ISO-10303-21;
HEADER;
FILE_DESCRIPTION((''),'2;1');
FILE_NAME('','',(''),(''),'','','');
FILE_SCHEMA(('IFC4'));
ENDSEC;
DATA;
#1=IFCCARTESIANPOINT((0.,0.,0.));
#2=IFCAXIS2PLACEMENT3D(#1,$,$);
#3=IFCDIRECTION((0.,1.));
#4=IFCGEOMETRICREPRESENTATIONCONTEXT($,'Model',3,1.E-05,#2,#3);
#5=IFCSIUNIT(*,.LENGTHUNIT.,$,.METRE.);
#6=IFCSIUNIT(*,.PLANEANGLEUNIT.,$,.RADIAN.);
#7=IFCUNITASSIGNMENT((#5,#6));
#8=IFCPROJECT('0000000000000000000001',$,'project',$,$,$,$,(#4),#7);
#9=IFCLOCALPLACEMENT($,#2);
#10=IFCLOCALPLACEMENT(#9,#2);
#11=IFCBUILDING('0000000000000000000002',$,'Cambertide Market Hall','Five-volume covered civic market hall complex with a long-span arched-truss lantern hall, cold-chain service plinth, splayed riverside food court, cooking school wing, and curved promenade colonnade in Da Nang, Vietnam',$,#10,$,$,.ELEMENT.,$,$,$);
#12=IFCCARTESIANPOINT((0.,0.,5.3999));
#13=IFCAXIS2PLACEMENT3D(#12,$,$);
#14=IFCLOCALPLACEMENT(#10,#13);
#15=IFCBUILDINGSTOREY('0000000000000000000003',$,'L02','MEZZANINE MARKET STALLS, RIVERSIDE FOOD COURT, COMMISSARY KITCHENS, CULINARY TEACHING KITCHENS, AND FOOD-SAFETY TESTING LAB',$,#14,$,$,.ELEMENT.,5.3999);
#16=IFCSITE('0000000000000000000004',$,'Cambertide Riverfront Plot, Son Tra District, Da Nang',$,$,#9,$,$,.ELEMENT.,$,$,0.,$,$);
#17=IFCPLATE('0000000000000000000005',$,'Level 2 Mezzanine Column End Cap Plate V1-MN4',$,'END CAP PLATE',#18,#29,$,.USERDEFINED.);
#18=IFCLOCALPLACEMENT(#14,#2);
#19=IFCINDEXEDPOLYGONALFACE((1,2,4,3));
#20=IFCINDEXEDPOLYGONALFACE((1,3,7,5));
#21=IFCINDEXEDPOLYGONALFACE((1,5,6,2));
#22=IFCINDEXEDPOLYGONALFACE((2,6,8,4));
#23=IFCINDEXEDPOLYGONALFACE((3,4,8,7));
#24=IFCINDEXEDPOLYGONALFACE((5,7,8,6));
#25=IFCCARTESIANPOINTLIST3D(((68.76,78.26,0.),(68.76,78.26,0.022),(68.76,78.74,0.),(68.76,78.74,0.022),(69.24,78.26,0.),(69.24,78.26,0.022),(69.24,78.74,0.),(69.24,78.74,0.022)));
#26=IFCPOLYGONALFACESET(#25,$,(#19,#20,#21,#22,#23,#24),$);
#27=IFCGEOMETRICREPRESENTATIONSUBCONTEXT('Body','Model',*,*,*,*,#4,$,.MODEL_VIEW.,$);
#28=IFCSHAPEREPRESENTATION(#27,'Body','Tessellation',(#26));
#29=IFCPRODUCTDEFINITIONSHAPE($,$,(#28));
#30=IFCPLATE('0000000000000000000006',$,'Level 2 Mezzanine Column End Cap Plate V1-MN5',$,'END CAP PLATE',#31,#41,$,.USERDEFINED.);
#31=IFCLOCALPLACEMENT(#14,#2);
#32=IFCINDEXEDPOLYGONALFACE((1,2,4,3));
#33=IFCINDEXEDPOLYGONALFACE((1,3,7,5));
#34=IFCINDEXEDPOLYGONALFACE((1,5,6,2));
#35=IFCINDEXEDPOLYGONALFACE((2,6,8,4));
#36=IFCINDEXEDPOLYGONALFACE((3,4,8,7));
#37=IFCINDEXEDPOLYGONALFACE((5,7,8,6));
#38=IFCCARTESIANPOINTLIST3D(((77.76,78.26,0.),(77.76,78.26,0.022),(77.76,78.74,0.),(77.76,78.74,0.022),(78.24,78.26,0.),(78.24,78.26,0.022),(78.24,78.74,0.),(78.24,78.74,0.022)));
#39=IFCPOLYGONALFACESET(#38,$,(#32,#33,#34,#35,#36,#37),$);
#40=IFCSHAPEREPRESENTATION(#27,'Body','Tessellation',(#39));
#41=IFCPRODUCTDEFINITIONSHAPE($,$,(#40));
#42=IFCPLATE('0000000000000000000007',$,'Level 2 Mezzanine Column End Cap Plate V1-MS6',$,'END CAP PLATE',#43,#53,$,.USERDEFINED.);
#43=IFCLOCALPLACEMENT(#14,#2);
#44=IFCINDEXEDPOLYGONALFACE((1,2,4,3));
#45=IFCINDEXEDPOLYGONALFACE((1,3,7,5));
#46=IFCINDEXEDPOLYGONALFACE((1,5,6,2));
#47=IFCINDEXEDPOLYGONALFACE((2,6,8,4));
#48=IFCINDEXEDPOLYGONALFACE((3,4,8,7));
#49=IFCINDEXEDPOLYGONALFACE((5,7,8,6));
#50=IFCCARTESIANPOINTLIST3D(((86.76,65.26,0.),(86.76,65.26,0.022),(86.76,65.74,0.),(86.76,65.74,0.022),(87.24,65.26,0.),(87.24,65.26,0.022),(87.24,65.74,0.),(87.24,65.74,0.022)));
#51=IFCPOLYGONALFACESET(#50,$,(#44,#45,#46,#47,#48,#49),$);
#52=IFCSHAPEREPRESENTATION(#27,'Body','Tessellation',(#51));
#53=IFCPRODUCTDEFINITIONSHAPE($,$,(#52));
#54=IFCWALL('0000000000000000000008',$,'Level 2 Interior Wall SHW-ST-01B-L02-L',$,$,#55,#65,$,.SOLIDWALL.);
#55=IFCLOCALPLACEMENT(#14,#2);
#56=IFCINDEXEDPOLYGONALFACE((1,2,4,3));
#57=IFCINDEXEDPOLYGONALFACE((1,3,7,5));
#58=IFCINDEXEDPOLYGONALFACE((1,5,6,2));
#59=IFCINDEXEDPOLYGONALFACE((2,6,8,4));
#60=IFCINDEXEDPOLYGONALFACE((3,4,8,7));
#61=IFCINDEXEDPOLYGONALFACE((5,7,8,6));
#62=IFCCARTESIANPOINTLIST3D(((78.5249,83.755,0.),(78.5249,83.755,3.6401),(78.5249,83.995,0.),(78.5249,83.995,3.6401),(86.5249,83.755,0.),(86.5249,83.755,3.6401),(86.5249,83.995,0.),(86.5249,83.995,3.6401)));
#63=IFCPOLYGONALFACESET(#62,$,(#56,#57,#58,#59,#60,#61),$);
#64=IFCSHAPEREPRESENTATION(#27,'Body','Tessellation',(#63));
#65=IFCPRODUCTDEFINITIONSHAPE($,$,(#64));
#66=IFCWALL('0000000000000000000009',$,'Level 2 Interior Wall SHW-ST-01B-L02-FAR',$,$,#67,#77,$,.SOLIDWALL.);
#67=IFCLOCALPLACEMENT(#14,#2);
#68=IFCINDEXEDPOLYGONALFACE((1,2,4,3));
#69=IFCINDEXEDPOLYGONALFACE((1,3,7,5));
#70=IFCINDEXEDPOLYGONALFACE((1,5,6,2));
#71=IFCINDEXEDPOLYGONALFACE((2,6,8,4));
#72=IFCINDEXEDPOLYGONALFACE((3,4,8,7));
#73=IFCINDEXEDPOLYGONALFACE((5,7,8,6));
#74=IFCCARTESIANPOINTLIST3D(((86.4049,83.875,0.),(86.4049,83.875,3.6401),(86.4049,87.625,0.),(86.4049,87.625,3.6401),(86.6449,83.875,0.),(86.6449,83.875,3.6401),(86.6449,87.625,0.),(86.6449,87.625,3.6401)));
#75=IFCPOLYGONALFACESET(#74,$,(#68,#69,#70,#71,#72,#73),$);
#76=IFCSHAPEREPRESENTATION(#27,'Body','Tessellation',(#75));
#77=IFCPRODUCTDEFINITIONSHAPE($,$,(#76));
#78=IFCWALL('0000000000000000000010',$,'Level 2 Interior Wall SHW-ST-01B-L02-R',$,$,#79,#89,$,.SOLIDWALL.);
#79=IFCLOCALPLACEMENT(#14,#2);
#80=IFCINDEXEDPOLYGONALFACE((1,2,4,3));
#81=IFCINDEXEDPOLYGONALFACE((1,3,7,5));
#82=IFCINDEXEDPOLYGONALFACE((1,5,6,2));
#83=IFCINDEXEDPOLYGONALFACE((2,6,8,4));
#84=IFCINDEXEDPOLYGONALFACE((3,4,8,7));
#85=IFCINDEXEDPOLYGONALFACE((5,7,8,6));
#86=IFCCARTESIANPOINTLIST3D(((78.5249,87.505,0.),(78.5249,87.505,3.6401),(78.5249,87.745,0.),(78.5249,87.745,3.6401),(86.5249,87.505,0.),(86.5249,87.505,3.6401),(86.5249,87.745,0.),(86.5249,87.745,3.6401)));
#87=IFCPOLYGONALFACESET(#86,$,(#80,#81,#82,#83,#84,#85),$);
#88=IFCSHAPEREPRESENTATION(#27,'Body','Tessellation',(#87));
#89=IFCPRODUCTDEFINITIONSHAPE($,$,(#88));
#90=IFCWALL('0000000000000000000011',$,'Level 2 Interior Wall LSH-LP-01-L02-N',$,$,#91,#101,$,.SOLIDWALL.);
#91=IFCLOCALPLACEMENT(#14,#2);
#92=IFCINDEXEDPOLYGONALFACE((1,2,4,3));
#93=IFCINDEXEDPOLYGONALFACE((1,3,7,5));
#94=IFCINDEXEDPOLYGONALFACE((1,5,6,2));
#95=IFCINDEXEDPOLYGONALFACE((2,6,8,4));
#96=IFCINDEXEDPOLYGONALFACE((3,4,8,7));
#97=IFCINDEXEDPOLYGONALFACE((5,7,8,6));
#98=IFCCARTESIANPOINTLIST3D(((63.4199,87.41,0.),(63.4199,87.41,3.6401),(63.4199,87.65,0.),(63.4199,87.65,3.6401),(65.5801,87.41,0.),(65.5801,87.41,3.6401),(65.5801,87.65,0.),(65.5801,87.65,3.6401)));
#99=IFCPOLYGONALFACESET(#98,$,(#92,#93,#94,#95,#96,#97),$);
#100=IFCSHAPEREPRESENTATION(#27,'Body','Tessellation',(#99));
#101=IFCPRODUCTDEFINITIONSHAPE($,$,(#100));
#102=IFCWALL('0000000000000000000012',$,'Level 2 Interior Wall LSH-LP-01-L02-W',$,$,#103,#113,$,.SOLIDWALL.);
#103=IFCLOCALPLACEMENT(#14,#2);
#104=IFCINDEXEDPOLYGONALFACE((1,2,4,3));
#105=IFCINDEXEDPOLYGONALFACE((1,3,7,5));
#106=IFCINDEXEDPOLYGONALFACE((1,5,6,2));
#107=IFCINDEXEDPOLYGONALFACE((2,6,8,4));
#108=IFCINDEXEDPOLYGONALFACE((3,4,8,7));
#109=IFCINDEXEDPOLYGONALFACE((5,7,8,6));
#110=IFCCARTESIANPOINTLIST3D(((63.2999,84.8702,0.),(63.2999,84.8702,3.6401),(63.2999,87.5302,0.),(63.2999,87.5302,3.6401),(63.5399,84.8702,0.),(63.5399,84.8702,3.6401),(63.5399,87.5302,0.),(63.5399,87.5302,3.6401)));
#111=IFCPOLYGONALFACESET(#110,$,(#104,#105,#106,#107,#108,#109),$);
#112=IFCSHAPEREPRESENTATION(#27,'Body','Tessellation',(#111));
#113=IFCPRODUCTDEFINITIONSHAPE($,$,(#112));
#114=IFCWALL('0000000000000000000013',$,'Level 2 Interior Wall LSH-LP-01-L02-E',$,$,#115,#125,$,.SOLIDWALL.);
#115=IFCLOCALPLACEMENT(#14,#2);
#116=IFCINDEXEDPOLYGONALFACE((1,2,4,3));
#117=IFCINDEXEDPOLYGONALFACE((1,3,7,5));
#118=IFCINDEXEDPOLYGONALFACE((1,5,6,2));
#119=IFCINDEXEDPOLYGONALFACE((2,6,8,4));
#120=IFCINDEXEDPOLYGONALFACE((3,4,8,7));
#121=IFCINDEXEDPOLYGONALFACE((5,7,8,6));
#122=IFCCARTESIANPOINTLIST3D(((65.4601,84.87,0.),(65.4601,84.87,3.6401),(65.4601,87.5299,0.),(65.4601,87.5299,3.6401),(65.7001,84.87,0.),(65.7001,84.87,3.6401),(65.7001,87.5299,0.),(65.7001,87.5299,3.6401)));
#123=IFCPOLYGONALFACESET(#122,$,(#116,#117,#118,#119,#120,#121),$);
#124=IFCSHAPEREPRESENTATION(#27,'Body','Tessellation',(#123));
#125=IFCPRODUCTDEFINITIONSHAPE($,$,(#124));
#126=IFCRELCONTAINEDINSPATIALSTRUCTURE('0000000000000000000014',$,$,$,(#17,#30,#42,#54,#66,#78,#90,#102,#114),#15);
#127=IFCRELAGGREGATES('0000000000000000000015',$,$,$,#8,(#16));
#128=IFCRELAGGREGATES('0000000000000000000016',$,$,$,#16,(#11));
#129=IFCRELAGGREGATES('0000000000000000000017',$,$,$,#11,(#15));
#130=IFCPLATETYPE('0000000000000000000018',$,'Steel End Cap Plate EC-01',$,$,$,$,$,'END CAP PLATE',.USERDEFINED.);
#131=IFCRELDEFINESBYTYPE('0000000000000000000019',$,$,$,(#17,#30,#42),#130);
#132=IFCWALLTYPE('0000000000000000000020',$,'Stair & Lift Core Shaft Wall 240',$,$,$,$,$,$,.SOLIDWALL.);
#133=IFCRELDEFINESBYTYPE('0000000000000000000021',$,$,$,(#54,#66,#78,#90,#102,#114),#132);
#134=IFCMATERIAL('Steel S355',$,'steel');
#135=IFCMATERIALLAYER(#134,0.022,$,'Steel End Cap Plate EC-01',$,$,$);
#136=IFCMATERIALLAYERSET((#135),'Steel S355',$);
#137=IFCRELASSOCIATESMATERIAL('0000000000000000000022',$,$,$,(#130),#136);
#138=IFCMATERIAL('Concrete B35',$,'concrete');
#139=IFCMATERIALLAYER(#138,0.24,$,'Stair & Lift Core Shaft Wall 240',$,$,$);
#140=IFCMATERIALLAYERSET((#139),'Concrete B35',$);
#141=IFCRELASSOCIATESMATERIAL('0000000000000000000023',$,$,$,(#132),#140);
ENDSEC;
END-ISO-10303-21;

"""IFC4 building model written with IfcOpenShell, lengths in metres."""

from ifc_helpers import new_model, si_unit, direction, frame, frame_2d, origin, origin_2d, place, context, subcontext, project, spatial, rectangle, extrude, material, layer, layer_set, type_object, element, save


model = new_model("IFC4")

# Units and contexts
model_context = context("Model", 3, precision=1e-05, world=origin(), true_north=direction((0.0, 1.0)))
body_context = subcontext(model_context, "Body", "Model", "MODEL_VIEW")
ifc_project = project(units=[si_unit("LENGTHUNIT", "METRE"), si_unit("PLANEANGLEUNIT", "RADIAN")], contexts=[model_context])

# Site, building, storey
site_placement = place(None, origin())
site = spatial("IfcSite", under=ifc_project, at=site_placement, Name="Cambertide Riverfront Plot, Son Tra District, Da Nang", CompositionType="ELEMENT", RefElevation=0.0)
building_placement = place(site_placement, origin())
building = spatial("IfcBuilding", under=site, at=building_placement, Name="Cambertide Market Hall", Description="Five-volume covered civic market hall complex with a long-span arched-truss lantern hall, cold-chain service plinth, splayed riverside food court, cooking school wing, and curved promenade colonnade in Da Nang, Vietnam", CompositionType="ELEMENT")
storey_placement = place(building_placement, frame((0.0, 0.0, 5.3999)))
storey = spatial("IfcBuildingStorey", under=building, at=storey_placement, Name="L02", Description="MEZZANINE MARKET STALLS, RIVERSIDE FOOD COURT, COMMISSARY KITCHENS, CULINARY TEACHING KITCHENS, AND FOOD-SAFETY TESTING LAB", CompositionType="ELEMENT", Elevation=5.3999)

# Plates
ifc_material_1 = material(Name="Steel S355", Category="steel")
ifc_layer_1 = layer(ifc_material_1, 0.022, Name="Steel End Cap Plate EC-01")
ifc_layer_set_1 = layer_set([ifc_layer_1], Name="Steel S355")
plate_type = type_object("IfcPlateType", Name="Steel End Cap Plate EC-01", ElementType="END CAP PLATE", PredefinedType="USERDEFINED", material=ifc_layer_set_1)
for number, where, z_axis, x_axis, name in (
    (1, (69.0, 78.5, 0.0), (0.0, 0.0, 1.0), (1.0, 0.0, 0.0), "Level 2 Mezzanine Column End Cap Plate V1-MN4"),
    (2, (78.0, 78.5, 0.0), (0.0, 0.0, 1.0), (1.0, 0.0, 0.0), "Level 2 Mezzanine Column End Cap Plate V1-MN5"),
    (3, (87.0, 65.5, 0.0), (0.0, 0.0, 1.0), (1.0, 0.0, 0.0), "Level 2 Mezzanine Column End Cap Plate V1-MS6"),
):
    element("IfcPlate", number, at=place(storey_placement, frame(where, z_axis=z_axis, x_axis=x_axis)), inside=storey, type_object=plate_type, Name=name, ObjectType="END CAP PLATE", PredefinedType="USERDEFINED", context=body_context, shape_type="SweptSolid", body=[
        extrude(rectangle(XDim=0.48, YDim=0.48, at=origin_2d()), origin(), (0.0, 0.0, 1.0), 0.022),
    ])

# Shared definitions
ifc_material_2 = material(Name="Concrete B35", Category="concrete")
ifc_layer_2 = layer(ifc_material_2, 0.24, Name="Stair & Lift Core Shaft Wall 240")
ifc_layer_set_2 = layer_set([ifc_layer_2], Name="Concrete B35")
wall_type_1 = type_object("IfcWallType", Name="Stair & Lift Core Shaft Wall 240", PredefinedType="SOLIDWALL", material=ifc_layer_set_2)

# Walls
wall_1_placement = place(storey_placement, frame((86.5249, 83.875, 0.0), z_axis=(0.0, 0.0, 1.0), x_axis=(-1.0, 0.0, 0.0)))
element("IfcWall", 4, at=wall_1_placement, inside=storey, type_object=wall_type_1, Name="Level 2 Interior Wall SHW-ST-01B-L02-L", PredefinedType="SOLIDWALL", context=body_context, shape_type="SweptSolid", body=[
    extrude(rectangle(XDim=8.0, YDim=0.24, at=frame_2d((4.0, 0.0))), origin(), (0.0, 0.0, 1.0), 3.6401),
])
wall_2_placement = place(storey_placement, frame((86.5249, 87.625, 0.0), z_axis=(0.0, 0.0, 1.0), x_axis=(0.0, -1.0, 0.0)))
element("IfcWall", 5, at=wall_2_placement, inside=storey, type_object=wall_type_1, Name="Level 2 Interior Wall SHW-ST-01B-L02-FAR", PredefinedType="SOLIDWALL", context=body_context, shape_type="SweptSolid", body=[
    extrude(rectangle(XDim=3.75, YDim=0.24, at=frame_2d((1.875, 0.0))), origin(), (0.0, 0.0, 1.0), 3.6401),
])
wall_3_placement = place(storey_placement, frame((78.5249, 87.625, 0.0), z_axis=(0.0, 0.0, 1.0), x_axis=(1.0, 0.0, 0.0)))
element("IfcWall", 6, at=wall_3_placement, inside=storey, type_object=wall_type_1, Name="Level 2 Interior Wall SHW-ST-01B-L02-R", PredefinedType="SOLIDWALL", context=body_context, shape_type="SweptSolid", body=[
    extrude(rectangle(XDim=8.0, YDim=0.24, at=frame_2d((4.0, 0.0))), origin(), (0.0, 0.0, 1.0), 3.6401),
])

# Walls
wall_4_placement = place(storey_placement, frame((63.4199, 87.53, 0.0), z_axis=(0.0, 0.0, 1.0), x_axis=(1.0, 0.0, 0.0)))
element("IfcWall", 7, at=wall_4_placement, inside=storey, type_object=wall_type_1, Name="Level 2 Interior Wall LSH-LP-01-L02-N", PredefinedType="SOLIDWALL", context=body_context, shape_type="SweptSolid", body=[
    extrude(rectangle(XDim=2.1602, YDim=0.24, at=frame_2d((1.0801, 0.0))), origin(), (0.0, 0.0, 1.0), 3.6401),
])
for number, where, z_axis, x_axis, name in (
    (8, (63.4199, 84.8701, 0.0), (0.0, 0.0, 1.0), (0.0, 1.0, 0.0), "Level 2 Interior Wall LSH-LP-01-L02-W"),
    (9, (65.5801, 87.53, 0.0), (0.0, 0.0, 1.0), (0.0, -1.0, 0.0), "Level 2 Interior Wall LSH-LP-01-L02-E"),
):
    element("IfcWall", number, at=place(storey_placement, frame(where, z_axis=z_axis, x_axis=x_axis)), inside=storey, type_object=wall_type_1, Name=name, PredefinedType="SOLIDWALL", context=body_context, shape_type="SweptSolid", body=[
        extrude(rectangle(XDim=2.6599, YDim=0.24, at=frame_2d((1.3301, 0.0))), origin(), (0.0, 0.0, 1.0), 3.6401),
    ])

save(model, "model.ifc")
